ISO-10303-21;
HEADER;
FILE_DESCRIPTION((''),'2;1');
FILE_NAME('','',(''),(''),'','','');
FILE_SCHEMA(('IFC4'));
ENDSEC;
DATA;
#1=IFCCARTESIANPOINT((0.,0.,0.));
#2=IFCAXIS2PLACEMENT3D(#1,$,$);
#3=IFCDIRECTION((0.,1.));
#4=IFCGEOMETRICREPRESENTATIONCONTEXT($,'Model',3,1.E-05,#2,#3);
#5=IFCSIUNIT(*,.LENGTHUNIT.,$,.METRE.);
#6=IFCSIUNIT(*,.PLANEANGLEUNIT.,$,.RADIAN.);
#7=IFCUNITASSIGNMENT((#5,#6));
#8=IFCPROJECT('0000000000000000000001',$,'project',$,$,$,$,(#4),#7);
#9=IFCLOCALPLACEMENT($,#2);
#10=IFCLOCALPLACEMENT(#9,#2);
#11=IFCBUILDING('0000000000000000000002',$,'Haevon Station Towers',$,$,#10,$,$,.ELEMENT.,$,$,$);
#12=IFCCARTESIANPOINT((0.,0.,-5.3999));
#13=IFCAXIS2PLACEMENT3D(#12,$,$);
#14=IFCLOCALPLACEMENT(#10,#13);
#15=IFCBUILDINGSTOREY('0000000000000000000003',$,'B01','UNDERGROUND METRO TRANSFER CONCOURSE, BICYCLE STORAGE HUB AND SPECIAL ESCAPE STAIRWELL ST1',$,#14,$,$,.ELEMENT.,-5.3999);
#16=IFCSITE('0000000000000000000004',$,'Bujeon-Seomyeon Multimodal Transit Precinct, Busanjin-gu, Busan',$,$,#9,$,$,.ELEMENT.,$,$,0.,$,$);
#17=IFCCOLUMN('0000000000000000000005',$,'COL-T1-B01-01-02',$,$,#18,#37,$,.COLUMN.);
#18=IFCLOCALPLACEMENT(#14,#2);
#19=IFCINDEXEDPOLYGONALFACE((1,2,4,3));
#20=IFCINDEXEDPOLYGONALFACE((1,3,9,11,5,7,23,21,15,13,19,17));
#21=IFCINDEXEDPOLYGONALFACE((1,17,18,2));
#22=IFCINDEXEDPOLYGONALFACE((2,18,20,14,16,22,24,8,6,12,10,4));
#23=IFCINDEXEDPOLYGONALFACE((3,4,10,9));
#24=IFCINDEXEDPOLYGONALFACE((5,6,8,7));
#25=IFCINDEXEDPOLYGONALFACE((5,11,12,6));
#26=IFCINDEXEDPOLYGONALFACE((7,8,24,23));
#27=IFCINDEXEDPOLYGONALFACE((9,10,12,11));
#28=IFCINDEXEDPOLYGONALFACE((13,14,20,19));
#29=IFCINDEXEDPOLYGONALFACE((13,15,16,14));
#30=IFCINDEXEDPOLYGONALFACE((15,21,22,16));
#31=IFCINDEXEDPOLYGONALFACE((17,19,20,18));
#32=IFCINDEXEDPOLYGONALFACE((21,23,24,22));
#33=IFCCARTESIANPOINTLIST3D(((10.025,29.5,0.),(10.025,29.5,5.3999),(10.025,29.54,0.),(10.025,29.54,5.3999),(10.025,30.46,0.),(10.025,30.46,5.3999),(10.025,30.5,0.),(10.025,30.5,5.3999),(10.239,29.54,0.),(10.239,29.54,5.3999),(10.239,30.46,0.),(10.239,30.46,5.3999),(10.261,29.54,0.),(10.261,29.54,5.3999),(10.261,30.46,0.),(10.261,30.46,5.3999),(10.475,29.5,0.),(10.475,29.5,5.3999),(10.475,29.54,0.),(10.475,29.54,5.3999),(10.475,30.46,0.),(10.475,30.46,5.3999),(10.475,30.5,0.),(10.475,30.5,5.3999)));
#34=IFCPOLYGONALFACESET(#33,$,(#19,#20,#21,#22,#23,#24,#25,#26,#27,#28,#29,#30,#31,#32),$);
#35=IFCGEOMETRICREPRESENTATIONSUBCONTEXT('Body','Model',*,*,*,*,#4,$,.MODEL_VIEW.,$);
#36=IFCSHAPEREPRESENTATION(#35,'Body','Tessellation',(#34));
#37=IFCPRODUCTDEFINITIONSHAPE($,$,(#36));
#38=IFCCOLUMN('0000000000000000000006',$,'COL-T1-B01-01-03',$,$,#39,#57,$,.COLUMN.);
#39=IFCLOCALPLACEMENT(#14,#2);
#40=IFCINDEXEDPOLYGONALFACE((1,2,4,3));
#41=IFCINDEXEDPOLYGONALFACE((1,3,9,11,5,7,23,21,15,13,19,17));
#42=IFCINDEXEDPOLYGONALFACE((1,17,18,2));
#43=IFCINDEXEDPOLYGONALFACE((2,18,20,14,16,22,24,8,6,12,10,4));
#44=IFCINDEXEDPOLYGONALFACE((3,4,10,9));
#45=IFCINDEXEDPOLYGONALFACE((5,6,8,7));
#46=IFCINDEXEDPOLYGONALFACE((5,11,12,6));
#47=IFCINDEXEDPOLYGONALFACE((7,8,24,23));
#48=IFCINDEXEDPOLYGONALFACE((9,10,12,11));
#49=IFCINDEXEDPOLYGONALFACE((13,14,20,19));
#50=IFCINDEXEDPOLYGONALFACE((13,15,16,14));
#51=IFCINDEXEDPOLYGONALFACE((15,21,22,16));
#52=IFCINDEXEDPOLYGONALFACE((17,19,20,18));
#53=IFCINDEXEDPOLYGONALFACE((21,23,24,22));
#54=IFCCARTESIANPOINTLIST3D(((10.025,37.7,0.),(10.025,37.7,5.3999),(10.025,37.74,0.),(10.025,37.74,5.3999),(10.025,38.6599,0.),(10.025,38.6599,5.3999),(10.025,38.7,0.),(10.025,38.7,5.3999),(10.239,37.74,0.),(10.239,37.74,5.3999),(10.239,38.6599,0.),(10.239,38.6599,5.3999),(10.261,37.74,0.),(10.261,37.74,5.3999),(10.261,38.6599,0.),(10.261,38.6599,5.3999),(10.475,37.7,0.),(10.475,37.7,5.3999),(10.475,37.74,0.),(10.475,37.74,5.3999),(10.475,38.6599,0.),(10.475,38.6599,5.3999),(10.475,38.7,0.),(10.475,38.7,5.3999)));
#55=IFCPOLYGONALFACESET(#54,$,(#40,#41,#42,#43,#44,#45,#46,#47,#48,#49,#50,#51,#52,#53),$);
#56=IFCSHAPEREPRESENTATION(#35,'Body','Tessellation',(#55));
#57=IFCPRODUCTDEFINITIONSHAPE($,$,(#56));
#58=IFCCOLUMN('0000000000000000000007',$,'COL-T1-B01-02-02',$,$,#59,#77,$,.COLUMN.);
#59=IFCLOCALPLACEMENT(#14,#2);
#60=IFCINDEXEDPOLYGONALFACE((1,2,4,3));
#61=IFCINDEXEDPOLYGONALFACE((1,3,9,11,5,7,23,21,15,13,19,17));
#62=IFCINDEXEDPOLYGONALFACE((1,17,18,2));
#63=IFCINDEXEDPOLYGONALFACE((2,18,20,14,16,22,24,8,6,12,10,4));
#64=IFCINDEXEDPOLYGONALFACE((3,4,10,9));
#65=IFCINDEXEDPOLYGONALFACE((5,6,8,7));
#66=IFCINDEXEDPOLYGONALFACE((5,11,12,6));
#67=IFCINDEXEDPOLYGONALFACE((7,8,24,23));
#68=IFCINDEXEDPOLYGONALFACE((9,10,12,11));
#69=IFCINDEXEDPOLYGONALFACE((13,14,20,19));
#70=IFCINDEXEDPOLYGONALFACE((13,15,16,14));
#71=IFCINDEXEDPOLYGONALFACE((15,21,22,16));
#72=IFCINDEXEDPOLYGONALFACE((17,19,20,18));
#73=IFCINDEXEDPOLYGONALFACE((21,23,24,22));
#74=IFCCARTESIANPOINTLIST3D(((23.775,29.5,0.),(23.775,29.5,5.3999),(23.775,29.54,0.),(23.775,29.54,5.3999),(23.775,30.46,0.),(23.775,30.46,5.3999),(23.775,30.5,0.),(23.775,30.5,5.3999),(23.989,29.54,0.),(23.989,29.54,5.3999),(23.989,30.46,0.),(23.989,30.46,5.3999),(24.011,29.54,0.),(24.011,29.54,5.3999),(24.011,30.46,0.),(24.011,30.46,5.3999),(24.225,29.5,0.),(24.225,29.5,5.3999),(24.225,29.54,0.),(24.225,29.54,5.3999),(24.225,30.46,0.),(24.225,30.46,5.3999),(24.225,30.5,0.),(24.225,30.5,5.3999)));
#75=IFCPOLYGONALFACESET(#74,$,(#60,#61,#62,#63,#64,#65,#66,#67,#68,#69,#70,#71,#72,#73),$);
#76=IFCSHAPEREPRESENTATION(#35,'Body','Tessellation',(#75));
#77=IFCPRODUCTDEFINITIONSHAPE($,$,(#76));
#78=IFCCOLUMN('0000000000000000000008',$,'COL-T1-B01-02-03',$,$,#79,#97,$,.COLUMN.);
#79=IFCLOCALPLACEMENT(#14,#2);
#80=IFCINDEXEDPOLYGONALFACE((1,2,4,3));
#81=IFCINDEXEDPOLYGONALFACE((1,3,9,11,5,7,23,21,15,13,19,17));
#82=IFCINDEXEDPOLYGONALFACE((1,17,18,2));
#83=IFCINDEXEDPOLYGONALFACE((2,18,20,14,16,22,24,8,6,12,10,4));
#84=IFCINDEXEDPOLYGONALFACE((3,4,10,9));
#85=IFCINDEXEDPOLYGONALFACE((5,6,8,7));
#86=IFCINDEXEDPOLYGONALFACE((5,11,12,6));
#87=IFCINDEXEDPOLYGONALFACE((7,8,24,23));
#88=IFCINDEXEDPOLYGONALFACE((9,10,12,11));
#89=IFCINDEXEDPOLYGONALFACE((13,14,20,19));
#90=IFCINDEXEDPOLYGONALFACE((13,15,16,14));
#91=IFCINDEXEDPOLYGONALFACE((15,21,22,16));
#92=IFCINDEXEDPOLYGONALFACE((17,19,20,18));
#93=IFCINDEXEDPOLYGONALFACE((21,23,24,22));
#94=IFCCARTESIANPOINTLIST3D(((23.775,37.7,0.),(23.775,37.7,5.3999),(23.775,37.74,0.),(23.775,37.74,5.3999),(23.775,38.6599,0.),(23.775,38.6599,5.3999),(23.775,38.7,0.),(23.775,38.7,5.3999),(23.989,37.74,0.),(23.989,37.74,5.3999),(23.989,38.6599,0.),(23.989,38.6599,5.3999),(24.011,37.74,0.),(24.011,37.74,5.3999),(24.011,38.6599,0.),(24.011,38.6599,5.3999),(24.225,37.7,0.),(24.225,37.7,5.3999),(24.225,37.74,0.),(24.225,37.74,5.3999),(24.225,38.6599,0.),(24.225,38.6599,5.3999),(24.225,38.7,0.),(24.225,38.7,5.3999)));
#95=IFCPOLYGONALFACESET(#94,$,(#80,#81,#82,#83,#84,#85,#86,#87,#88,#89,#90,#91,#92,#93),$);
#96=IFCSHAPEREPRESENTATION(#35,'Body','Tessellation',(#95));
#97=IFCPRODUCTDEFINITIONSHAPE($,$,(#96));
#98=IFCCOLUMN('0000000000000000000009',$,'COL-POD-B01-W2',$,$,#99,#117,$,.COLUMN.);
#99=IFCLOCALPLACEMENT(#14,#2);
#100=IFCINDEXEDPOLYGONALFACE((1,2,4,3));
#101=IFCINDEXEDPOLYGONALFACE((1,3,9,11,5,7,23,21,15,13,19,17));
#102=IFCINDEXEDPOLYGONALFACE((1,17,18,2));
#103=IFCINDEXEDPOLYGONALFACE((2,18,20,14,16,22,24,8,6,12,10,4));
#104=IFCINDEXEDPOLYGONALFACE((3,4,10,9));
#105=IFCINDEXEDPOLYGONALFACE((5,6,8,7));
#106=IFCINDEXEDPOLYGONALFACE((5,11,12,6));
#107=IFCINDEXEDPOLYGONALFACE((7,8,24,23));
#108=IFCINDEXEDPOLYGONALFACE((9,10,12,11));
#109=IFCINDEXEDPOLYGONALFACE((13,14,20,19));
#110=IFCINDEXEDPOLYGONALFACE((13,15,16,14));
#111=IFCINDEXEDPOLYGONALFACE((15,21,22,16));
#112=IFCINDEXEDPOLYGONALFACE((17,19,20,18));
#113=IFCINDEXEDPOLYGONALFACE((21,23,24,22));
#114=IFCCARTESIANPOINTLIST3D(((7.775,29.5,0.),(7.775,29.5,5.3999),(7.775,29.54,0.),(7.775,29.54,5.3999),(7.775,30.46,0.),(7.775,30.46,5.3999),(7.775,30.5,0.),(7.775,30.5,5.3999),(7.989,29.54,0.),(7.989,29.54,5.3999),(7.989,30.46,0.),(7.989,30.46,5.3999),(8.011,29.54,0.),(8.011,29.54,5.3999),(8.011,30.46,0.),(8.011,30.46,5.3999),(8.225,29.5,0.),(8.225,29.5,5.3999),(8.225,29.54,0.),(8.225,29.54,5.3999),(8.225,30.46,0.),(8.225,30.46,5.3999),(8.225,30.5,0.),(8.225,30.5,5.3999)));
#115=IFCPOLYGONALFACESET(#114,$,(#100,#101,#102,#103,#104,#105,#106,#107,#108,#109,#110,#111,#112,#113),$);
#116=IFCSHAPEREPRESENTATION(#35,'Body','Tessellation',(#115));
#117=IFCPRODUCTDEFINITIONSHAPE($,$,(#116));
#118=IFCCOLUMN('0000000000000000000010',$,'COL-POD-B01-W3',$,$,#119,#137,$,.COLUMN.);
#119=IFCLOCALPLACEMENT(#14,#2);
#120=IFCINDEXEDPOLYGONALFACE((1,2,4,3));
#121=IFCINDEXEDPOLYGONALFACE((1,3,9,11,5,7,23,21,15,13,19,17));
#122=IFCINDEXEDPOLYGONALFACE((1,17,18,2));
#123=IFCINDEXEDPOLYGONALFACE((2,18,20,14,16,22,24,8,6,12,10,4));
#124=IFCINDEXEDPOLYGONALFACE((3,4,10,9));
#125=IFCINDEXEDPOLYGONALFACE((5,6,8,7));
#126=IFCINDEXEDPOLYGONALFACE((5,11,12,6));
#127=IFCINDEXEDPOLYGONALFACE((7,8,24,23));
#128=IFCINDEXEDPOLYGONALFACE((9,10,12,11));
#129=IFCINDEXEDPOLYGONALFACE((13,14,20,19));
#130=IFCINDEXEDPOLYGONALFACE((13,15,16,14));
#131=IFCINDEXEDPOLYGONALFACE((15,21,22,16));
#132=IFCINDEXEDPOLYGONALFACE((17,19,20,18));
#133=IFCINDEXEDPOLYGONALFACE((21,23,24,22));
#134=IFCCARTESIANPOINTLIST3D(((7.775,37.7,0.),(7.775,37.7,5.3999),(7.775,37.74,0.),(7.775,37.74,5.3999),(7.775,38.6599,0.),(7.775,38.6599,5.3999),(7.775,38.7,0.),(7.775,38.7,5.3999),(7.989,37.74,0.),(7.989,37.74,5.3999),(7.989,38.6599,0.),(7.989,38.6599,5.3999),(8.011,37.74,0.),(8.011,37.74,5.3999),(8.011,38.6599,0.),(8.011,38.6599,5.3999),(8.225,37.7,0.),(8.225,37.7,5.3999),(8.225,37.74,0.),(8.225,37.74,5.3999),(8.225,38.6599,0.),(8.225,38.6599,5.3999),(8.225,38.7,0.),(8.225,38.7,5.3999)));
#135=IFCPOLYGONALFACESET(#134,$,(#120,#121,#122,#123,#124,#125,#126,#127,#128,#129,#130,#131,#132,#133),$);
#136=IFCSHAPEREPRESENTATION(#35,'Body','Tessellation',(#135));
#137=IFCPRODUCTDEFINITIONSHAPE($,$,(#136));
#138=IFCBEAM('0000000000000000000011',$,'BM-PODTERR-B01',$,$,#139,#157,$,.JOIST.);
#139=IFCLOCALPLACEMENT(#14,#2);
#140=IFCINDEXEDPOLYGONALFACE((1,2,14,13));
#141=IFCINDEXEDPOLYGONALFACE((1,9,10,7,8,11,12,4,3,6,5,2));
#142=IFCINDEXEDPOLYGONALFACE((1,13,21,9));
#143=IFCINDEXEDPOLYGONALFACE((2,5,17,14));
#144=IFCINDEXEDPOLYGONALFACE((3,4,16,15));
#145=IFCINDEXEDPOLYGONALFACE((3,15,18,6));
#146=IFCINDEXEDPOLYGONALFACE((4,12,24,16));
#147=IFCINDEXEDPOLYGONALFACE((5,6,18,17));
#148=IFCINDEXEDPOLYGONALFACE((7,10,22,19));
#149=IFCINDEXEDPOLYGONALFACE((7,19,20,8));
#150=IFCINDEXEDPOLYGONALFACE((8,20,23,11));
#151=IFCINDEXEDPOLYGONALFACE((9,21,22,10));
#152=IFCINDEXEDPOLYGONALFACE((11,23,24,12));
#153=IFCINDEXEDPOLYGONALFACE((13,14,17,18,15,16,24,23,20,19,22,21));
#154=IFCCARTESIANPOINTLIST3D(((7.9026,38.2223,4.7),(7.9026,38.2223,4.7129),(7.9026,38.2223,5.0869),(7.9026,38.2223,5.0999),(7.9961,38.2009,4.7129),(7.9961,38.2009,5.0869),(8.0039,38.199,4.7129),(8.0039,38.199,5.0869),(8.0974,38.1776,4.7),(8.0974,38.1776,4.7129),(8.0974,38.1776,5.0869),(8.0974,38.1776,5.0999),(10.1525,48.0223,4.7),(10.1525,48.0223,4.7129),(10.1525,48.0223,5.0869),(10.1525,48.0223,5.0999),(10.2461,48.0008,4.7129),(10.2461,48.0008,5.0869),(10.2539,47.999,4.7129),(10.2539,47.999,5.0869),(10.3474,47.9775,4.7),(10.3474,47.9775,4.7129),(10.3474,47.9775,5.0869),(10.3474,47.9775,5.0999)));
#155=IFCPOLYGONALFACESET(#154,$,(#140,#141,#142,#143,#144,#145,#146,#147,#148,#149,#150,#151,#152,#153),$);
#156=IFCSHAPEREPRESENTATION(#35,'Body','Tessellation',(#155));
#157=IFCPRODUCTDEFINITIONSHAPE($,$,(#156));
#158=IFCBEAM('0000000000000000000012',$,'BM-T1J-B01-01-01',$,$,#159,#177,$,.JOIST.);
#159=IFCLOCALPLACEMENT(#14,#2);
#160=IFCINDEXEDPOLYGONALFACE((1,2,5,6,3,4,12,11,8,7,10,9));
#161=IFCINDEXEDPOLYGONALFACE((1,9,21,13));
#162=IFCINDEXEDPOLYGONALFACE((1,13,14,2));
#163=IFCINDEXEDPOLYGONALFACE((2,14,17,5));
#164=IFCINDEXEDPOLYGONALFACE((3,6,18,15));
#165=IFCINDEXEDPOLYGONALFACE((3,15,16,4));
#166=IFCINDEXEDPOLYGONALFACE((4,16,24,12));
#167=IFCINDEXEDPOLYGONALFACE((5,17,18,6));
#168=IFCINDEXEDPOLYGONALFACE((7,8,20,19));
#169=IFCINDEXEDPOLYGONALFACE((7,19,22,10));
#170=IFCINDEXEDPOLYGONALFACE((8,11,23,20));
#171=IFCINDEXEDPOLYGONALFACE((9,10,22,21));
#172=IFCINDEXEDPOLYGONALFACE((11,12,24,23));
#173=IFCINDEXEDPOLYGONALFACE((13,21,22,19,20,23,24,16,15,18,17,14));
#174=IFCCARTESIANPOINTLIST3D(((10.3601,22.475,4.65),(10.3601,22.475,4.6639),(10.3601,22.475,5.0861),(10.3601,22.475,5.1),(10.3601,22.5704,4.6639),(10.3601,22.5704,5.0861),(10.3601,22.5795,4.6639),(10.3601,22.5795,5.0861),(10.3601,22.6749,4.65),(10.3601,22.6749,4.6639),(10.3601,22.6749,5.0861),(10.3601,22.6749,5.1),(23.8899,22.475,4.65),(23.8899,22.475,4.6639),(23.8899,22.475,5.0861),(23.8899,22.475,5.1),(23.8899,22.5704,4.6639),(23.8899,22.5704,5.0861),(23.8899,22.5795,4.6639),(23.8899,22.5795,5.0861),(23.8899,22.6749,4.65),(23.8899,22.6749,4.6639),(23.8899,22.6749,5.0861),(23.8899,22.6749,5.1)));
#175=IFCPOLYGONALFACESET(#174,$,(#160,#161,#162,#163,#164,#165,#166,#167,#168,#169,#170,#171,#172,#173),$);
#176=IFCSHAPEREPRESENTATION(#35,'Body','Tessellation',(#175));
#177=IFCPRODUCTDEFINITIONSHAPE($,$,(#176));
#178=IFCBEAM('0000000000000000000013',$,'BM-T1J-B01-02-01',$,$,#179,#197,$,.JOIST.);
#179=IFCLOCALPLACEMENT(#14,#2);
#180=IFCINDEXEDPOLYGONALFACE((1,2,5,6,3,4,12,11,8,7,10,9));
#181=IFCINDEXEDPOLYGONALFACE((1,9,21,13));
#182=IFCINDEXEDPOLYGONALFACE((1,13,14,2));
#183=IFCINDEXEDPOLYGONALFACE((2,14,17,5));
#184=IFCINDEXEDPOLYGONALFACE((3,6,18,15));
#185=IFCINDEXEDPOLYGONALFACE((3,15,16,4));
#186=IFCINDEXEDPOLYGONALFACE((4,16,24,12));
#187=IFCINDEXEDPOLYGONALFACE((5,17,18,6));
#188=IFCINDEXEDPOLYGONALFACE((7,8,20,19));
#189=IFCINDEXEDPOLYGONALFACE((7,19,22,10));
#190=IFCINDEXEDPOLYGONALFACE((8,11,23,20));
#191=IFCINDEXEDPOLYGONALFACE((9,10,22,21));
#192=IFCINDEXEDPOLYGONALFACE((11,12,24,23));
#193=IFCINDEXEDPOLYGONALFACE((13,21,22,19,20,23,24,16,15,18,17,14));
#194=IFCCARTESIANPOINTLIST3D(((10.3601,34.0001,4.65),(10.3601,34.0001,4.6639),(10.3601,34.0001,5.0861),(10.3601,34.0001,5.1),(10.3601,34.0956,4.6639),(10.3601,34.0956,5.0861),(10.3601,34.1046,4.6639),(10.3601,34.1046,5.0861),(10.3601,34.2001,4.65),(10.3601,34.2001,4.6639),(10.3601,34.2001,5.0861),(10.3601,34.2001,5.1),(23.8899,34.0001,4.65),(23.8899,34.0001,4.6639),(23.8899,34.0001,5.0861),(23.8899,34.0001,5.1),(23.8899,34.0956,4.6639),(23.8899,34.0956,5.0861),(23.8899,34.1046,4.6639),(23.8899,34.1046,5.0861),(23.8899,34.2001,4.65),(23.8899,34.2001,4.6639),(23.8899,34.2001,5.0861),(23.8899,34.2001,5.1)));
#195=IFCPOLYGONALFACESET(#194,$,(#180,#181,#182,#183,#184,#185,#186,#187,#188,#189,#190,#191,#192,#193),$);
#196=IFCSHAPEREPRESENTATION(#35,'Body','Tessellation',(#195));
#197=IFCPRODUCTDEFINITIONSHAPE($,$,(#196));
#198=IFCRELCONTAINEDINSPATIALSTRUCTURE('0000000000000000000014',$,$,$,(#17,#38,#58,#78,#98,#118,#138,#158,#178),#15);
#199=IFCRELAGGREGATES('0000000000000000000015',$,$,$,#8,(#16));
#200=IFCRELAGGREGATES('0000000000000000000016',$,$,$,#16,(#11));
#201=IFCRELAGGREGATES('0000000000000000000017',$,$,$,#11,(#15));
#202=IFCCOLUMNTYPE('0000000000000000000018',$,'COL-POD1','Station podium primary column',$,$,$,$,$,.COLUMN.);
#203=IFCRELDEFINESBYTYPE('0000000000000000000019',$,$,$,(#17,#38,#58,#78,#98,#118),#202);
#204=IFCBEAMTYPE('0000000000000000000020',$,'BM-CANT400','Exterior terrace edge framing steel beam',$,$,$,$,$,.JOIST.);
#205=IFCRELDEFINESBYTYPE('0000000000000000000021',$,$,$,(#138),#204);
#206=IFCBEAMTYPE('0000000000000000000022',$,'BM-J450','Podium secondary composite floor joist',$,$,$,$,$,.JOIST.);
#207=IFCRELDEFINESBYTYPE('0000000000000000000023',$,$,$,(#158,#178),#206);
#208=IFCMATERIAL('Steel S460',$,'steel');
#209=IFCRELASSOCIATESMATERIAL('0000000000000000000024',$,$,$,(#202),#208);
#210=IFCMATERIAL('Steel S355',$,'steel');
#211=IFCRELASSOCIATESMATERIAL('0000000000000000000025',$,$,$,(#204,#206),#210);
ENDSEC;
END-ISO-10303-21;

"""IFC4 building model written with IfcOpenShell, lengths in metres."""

from ifc_helpers import new_model, si_unit, direction, frame, origin, origin_2d, place, context, subcontext, project, spatial, i_section, extrude, material, material_profile, profile_set, type_object, element, save


model = new_model("IFC4")

# Units and contexts
model_context = context("Model", 3, precision=1e-05, world=origin(), true_north=direction((0.0, 1.0)))
body_context = subcontext(model_context, "Body", "Model", "MODEL_VIEW")
ifc_project = project(units=[si_unit("LENGTHUNIT", "METRE"), si_unit("PLANEANGLEUNIT", "RADIAN")], contexts=[model_context])

# Site, building, storey
site_placement = place(None, origin())
site = spatial("IfcSite", under=ifc_project, at=site_placement, Name="Bujeon-Seomyeon Multimodal Transit Precinct, Busanjin-gu, Busan", CompositionType="ELEMENT", RefElevation=0.0)
building_placement = place(site_placement, origin())
building = spatial("IfcBuilding", under=site, at=building_placement, Name="Haevon Station Towers", CompositionType="ELEMENT")
storey_placement = place(building_placement, frame((0.0, 0.0, -5.3999)))
storey = spatial("IfcBuildingStorey", under=building, at=storey_placement, Name="B01", Description="UNDERGROUND METRO TRANSFER CONCOURSE, BICYCLE STORAGE HUB AND SPECIAL ESCAPE STAIRWELL ST1", CompositionType="ELEMENT", Elevation=-5.3999)

# Columns
ifc_material_1 = material(Name="Steel S460", Category="steel")
ifc_material_profile_1 = material_profile(ifc_material_1, i_section(OverallWidth=0.45, OverallDepth=1.0, WebThickness=0.022, FlangeThickness=0.04, at=origin_2d()), Name="H-1000x450x22x40")
ifc_profile_set_1 = profile_set([ifc_material_profile_1], Name="Steel S460")
column_type = type_object("IfcColumnType", Name="COL-POD1", Description="Station podium primary column", PredefinedType="COLUMN", material=ifc_profile_set_1)
for number, where, z_axis, x_axis, name in (
    (1, (10.25, 30.0, 0.0), (0.0, 0.0, 1.0), (1.0, 0.0, 0.0), "COL-T1-B01-01-02"),
    (2, (10.25, 38.2, 0.0), (0.0, 0.0, 1.0), (1.0, 0.0, 0.0), "COL-T1-B01-01-03"),
    (3, (24.0, 30.0, 0.0), (0.0, 0.0, 1.0), (1.0, 0.0, 0.0), "COL-T1-B01-02-02"),
    (4, (24.0, 38.2, 0.0), (0.0, 0.0, 1.0), (1.0, 0.0, 0.0), "COL-T1-B01-02-03"),
    (5, (8.0, 30.0, 0.0), (0.0, 0.0, 1.0), (1.0, 0.0, 0.0), "COL-POD-B01-W2"),
    (6, (8.0, 38.2, 0.0), (0.0, 0.0, 1.0), (1.0, 0.0, 0.0), "COL-POD-B01-W3"),
):
    element("IfcColumn", number, at=place(storey_placement, frame(where, z_axis=z_axis, x_axis=x_axis)), inside=storey, type_object=column_type, Name=name, PredefinedType="COLUMN", context=body_context, shape_type="SweptSolid", body=[
        extrude(i_section(OverallWidth=0.45, OverallDepth=1.0, WebThickness=0.022, FlangeThickness=0.04, at=origin_2d()), origin(), (0.0, 0.0, 1.0), 5.3999),
    ])

# Beams
ifc_material_2 = material(Name="Steel S355", Category="steel")
ifc_material_profile_2 = material_profile(ifc_material_2, i_section(OverallWidth=0.2, OverallDepth=0.3999, WebThickness=0.0081, FlangeThickness=0.0129, at=origin_2d()), Name="H-400x200x8x13")
ifc_profile_set_2 = profile_set([ifc_material_profile_2], Name="Steel S355")
beam_type_1 = type_object("IfcBeamType", Name="BM-CANT400", Description="Exterior terrace edge framing steel beam", PredefinedType="JOIST", material=ifc_profile_set_2)
beam_1_placement = place(storey_placement, frame((8.0, 38.2, 4.8999), z_axis=(0.223769, 0.974642, 0.0), x_axis=(-0.974642, 0.223769, 0.0)))
element("IfcBeam", 7, at=beam_1_placement, inside=storey, type_object=beam_type_1, Name="BM-PODTERR-B01", PredefinedType="JOIST", context=body_context, shape_type="SweptSolid", body=[
    extrude(i_section(OverallWidth=0.2, OverallDepth=0.3999, WebThickness=0.0081, FlangeThickness=0.0129, at=origin_2d()), origin(), (0.0, 0.0, 1.0), 10.0549),
])
ifc_material_profile_3 = material_profile(ifc_material_2, i_section(OverallWidth=0.2, OverallDepth=0.45, WebThickness=0.009, FlangeThickness=0.0139, at=origin_2d()), Name="H-450x200x9x14")
ifc_profile_set_3 = profile_set([ifc_material_profile_3], Name="Steel S355")
beam_type_2 = type_object("IfcBeamType", Name="BM-J450", Description="Podium secondary composite floor joist", PredefinedType="JOIST", material=ifc_profile_set_3)
for number, where, z_axis, x_axis, name in (
    (8, (10.3601, 22.575, 4.875), (1.0, 0.0, 0.0), (0.0, 1.0, 0.0), "BM-T1J-B01-01-01"),
    (9, (10.3601, 34.1001, 4.875), (1.0, 0.0, 0.0), (0.0, 1.0, 0.0), "BM-T1J-B01-02-01"),
):
    element("IfcBeam", number, at=place(storey_placement, frame(where, z_axis=z_axis, x_axis=x_axis)), inside=storey, type_object=beam_type_2, Name=name, PredefinedType="JOIST", context=body_context, shape_type="SweptSolid", body=[
        extrude(i_section(OverallWidth=0.2, OverallDepth=0.45, WebThickness=0.009, FlangeThickness=0.0139, at=origin_2d()), origin(), (0.0, 0.0, 1.0), 13.5298),
    ])

save(model, "model.ifc")
